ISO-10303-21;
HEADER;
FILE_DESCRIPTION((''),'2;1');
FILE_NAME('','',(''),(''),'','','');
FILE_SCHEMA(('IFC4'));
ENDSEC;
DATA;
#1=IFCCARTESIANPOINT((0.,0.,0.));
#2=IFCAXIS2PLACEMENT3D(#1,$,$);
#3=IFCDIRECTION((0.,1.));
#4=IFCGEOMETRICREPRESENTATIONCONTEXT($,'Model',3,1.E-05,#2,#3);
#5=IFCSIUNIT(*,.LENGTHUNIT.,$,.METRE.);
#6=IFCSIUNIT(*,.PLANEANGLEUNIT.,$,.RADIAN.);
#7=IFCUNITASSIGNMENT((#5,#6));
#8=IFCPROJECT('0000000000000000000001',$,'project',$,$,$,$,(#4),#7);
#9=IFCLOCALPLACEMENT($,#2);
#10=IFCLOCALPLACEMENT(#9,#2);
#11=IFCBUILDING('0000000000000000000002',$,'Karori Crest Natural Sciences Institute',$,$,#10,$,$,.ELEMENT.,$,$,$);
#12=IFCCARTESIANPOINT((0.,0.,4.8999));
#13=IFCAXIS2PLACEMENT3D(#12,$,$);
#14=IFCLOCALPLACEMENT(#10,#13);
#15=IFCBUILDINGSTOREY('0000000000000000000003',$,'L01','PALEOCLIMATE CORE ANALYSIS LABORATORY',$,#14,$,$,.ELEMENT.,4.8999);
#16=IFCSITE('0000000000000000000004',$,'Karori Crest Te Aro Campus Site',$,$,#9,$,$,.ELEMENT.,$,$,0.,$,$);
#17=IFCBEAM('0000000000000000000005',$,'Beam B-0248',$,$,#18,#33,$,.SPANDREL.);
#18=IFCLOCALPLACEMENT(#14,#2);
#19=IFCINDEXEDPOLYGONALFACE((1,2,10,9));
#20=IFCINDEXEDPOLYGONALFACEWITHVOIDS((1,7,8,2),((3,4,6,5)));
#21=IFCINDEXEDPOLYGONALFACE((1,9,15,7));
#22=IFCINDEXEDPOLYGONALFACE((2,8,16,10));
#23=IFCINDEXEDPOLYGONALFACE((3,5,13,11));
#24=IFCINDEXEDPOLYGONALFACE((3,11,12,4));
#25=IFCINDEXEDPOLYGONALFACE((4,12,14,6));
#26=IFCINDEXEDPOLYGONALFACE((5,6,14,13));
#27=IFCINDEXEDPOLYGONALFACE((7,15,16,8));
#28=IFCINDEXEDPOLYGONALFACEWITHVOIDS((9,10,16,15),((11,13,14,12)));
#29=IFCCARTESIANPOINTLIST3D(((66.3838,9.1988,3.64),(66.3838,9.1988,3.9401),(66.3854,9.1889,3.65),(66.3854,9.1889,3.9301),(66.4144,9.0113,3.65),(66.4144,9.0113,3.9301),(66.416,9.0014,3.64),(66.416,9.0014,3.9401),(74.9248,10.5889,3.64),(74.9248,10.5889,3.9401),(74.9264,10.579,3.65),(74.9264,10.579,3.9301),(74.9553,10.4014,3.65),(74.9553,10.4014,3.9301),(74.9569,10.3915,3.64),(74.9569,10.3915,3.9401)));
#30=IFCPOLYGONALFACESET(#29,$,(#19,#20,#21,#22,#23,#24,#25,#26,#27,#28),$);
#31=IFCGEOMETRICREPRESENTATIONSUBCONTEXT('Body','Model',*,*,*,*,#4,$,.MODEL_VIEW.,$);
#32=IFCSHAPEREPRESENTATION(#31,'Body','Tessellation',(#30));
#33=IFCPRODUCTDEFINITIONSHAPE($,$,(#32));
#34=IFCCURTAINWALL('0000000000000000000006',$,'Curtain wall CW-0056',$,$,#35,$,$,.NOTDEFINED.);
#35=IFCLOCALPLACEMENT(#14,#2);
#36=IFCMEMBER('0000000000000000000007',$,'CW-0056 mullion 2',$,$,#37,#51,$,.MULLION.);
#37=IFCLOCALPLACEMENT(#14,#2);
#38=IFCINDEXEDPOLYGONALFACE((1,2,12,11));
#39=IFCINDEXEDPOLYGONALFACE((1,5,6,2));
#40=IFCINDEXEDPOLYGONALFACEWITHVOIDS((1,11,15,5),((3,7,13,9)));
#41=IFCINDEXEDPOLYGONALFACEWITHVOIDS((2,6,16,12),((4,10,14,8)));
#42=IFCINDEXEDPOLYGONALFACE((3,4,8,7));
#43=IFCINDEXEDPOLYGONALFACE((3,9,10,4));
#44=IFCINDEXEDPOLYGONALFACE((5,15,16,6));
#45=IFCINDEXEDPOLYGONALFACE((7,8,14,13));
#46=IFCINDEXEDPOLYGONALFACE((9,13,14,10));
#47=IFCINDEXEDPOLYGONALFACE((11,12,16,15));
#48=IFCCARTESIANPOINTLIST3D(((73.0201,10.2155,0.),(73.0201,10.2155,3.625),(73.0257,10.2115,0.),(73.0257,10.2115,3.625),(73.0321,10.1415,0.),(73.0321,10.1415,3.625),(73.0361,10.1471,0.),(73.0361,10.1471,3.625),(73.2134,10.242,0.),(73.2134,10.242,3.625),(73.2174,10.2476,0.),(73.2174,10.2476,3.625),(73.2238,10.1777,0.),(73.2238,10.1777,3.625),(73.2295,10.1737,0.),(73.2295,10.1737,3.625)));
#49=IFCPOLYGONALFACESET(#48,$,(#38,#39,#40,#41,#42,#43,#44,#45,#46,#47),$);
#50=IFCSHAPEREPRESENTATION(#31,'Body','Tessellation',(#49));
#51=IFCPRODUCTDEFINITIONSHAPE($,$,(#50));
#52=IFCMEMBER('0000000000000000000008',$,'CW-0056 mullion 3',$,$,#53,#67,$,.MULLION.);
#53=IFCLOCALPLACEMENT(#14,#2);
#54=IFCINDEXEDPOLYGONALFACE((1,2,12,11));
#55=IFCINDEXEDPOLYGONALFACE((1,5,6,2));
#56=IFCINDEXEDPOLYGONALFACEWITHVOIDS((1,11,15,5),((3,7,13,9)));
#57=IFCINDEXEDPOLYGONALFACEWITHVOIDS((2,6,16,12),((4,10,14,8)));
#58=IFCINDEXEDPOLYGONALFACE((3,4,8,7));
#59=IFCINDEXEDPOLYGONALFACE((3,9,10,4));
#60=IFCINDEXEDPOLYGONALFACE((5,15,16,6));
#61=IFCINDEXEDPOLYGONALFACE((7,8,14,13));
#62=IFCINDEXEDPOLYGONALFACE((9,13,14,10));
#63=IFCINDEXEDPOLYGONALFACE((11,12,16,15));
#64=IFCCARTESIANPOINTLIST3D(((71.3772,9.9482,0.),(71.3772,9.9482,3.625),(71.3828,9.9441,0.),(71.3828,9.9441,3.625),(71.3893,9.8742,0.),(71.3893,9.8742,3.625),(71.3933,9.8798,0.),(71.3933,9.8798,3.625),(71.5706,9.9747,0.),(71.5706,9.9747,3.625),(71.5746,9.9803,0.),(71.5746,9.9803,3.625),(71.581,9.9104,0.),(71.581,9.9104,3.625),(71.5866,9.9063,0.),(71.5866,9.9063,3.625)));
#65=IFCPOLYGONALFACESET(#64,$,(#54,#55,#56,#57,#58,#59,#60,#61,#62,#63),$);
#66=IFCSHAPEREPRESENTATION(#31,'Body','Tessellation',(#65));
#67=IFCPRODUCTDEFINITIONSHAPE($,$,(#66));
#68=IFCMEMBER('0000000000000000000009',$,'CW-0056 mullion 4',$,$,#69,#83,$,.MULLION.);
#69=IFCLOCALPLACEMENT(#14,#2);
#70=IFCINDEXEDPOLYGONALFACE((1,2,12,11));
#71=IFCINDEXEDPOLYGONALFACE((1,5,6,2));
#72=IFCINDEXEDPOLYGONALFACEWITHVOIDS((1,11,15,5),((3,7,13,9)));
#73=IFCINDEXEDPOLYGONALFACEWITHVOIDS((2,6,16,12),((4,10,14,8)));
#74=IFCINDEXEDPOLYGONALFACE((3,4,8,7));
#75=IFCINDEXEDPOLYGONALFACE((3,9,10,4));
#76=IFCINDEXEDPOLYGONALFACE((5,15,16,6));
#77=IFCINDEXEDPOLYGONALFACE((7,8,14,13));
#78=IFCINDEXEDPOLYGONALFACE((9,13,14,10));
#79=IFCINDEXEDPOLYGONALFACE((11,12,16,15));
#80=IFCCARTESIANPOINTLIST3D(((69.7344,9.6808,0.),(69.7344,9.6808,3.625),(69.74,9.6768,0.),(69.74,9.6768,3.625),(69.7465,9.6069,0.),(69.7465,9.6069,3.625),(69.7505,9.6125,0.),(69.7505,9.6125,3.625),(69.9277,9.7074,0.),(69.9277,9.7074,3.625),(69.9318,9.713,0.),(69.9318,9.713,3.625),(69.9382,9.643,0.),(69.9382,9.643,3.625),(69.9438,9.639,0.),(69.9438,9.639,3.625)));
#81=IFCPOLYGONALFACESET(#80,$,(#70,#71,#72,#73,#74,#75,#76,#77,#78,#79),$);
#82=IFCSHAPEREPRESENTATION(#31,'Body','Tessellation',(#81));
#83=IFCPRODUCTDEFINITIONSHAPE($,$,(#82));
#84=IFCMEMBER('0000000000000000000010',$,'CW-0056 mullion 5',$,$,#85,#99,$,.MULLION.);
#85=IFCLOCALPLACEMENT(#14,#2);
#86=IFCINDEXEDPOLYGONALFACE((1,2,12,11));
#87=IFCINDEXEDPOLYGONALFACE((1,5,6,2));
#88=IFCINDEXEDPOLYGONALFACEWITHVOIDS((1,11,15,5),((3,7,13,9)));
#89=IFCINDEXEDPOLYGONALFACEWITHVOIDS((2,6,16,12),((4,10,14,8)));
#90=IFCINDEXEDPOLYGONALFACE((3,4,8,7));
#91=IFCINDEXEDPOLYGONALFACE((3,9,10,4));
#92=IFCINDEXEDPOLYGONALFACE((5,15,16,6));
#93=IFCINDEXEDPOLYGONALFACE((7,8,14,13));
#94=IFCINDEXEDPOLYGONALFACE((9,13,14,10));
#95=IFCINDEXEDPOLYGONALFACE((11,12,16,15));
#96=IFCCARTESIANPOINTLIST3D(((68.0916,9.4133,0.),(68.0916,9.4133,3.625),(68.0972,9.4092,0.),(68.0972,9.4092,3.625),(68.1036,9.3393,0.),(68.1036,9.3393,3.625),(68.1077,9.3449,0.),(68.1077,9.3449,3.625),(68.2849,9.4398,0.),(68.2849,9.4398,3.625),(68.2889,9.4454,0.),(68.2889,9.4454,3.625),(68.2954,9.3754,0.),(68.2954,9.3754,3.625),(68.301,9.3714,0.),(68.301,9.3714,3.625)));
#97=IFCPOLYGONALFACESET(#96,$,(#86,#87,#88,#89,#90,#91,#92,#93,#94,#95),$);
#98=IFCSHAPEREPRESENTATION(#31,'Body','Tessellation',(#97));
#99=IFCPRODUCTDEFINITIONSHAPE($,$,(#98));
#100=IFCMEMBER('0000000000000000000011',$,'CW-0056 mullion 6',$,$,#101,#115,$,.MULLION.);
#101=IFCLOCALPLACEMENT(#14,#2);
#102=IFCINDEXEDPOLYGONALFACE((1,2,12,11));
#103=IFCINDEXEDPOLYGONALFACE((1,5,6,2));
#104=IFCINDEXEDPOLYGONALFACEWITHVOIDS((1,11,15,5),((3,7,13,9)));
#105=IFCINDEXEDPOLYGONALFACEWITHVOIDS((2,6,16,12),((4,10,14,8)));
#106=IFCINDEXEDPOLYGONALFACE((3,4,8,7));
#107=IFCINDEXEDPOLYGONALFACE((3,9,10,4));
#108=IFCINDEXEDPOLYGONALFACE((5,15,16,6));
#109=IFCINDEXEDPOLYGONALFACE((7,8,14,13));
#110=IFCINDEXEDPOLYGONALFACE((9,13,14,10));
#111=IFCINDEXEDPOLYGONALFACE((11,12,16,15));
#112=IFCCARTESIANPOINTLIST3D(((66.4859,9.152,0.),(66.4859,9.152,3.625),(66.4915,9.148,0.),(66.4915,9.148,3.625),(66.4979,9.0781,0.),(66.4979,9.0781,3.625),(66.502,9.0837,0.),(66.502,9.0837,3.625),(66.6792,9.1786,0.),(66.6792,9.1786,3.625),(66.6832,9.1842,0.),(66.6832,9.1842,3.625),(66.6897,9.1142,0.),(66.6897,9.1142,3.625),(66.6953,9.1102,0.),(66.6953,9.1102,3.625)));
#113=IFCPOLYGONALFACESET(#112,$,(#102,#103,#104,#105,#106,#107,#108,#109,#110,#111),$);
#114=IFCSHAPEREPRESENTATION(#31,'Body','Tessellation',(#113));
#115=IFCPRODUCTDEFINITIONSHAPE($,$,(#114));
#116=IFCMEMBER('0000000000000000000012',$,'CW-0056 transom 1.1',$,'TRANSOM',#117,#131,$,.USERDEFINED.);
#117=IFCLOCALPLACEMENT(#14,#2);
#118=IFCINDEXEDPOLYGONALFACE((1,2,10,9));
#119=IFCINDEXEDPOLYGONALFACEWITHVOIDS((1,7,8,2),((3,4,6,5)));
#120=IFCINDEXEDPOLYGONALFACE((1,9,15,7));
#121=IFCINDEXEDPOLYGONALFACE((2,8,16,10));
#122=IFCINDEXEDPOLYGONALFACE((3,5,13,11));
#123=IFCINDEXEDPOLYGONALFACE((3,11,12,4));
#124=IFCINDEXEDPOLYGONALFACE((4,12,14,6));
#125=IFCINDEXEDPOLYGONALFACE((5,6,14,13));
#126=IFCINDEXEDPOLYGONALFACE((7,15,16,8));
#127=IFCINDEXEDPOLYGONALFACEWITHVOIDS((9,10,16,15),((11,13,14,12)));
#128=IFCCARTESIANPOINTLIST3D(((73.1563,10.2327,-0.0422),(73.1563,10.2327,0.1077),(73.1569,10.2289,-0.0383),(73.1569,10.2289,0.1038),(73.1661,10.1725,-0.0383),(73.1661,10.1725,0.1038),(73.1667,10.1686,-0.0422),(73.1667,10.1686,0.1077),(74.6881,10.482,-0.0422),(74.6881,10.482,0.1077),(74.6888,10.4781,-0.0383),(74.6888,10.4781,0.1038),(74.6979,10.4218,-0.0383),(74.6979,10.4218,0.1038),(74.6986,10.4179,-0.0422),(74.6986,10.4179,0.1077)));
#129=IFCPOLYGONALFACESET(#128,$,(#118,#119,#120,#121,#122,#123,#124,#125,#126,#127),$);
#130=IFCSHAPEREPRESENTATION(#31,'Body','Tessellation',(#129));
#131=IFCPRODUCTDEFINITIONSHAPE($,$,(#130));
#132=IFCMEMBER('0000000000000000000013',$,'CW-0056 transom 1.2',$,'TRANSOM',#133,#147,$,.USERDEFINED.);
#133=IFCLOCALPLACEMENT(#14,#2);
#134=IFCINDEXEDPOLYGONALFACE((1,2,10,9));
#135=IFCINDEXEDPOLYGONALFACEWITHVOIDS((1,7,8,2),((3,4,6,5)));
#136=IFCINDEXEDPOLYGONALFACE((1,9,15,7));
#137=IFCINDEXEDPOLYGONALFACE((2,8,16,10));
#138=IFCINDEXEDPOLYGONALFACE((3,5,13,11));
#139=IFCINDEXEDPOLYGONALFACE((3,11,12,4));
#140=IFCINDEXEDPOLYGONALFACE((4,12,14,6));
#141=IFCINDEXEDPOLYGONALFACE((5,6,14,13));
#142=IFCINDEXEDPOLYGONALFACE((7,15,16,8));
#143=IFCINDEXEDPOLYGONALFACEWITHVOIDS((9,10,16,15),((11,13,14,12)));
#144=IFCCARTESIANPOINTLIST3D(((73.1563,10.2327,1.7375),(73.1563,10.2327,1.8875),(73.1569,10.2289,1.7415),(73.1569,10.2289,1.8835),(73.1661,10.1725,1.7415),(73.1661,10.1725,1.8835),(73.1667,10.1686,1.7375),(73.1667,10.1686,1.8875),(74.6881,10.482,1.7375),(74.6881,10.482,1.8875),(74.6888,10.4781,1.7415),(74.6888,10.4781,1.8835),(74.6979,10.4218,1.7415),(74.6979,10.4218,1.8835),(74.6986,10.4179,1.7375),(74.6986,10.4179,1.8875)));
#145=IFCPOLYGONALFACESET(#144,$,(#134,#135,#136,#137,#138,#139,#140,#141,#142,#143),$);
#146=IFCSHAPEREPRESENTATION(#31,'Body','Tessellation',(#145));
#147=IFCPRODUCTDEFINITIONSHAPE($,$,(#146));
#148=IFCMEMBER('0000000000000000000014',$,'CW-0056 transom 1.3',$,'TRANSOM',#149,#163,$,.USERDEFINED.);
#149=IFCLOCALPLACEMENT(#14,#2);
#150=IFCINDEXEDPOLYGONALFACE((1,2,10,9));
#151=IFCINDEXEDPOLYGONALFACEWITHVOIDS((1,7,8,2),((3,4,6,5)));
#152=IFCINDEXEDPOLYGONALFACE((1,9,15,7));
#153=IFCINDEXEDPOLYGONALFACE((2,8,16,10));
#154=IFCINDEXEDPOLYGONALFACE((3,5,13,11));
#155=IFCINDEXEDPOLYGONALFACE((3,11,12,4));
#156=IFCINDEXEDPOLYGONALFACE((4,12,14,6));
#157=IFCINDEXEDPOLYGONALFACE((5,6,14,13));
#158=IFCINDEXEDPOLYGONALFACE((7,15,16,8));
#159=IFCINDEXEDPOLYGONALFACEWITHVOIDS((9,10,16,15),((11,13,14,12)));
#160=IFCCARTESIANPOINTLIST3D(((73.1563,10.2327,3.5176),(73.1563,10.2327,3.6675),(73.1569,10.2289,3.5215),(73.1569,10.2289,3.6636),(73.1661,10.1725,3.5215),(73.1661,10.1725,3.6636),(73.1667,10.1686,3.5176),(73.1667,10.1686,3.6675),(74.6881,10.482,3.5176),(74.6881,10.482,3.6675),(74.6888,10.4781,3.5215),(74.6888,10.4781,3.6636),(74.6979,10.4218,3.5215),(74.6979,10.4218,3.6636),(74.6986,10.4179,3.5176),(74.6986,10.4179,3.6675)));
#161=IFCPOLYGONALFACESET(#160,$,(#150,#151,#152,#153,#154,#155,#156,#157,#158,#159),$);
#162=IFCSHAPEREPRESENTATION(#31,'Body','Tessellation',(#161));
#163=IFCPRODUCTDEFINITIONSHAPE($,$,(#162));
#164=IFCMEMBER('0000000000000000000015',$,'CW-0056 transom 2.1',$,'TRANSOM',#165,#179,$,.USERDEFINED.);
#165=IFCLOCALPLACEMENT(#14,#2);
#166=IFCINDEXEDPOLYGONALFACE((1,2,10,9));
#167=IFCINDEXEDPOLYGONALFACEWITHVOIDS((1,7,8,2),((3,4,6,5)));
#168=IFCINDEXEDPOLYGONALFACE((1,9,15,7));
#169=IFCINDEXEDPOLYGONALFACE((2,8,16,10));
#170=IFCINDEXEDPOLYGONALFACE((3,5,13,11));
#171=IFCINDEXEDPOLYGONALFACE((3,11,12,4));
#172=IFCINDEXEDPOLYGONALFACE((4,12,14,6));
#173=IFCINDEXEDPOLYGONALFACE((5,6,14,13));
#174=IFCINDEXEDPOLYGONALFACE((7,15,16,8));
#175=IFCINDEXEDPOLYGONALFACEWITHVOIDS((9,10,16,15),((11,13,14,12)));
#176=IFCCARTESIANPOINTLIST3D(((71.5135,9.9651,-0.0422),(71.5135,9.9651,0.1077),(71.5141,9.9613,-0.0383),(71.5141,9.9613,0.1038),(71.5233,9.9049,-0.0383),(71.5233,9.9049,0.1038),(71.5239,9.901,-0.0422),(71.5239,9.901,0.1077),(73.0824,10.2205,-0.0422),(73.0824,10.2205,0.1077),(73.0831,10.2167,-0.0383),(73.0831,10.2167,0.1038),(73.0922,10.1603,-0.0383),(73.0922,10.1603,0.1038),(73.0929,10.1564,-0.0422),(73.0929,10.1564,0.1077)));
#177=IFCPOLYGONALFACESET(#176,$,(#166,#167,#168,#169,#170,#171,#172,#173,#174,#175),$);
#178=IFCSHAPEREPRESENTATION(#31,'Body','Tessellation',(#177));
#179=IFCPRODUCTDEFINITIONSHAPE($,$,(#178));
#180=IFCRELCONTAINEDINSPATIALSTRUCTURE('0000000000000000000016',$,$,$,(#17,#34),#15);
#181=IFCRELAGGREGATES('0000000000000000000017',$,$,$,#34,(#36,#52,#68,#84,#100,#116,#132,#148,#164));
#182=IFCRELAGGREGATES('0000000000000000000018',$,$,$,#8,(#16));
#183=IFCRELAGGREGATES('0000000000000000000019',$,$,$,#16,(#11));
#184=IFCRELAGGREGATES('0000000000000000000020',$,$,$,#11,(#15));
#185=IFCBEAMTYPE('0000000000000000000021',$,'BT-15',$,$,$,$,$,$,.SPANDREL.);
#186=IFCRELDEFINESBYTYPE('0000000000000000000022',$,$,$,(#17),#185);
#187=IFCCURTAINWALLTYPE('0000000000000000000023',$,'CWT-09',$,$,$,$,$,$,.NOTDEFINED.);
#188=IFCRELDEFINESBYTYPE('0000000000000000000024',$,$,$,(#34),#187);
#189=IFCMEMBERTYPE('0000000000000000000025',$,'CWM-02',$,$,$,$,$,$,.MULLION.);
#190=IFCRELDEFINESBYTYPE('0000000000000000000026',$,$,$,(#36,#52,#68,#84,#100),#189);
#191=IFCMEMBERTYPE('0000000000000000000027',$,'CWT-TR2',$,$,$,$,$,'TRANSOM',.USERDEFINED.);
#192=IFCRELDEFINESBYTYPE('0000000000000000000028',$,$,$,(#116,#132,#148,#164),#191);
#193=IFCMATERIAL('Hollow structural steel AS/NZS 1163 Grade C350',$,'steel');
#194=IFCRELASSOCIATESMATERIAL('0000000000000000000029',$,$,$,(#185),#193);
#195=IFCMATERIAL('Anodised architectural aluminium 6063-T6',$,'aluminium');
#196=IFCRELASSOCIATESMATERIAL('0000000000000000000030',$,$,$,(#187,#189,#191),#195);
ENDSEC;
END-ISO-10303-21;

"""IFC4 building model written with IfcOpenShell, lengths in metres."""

from ifc_helpers import new_model, si_unit, direction, frame, origin, origin_2d, place, context, subcontext, project, spatial, hollow_rectangle, extrude, material, material_profile, profile_set, type_object, element, aggregate, save


model = new_model("IFC4")

# Units and contexts
model_context = context("Model", 3, precision=1e-05, world=origin(), true_north=direction((0.0, 1.0)))
body_context = subcontext(model_context, "Body", "Model", "MODEL_VIEW")
ifc_project = project(units=[si_unit("LENGTHUNIT", "METRE"), si_unit("PLANEANGLEUNIT", "RADIAN")], contexts=[model_context])

# Site, building, storey
site_placement = place(None, origin())
site = spatial("IfcSite", under=ifc_project, at=site_placement, Name="Karori Crest Te Aro Campus Site", CompositionType="ELEMENT", RefElevation=0.0)
building_placement = place(site_placement, origin())
building = spatial("IfcBuilding", under=site, at=building_placement, Name="Karori Crest Natural Sciences Institute", CompositionType="ELEMENT")
storey_placement = place(building_placement, frame((0.0, 0.0, 4.8999)))
storey = spatial("IfcBuildingStorey", under=building, at=storey_placement, Name="L01", Description="PALEOCLIMATE CORE ANALYSIS LABORATORY", CompositionType="ELEMENT", Elevation=4.8999)

# Beam
ifc_material_1 = material(Name="Hollow structural steel AS/NZS 1163 Grade C350", Category="steel")
ifc_material_profile_1 = material_profile(ifc_material_1, hollow_rectangle(XDim=0.2, YDim=0.3, WallThickness=0.01, at=origin_2d()), Name="RHS300x200x10")
ifc_profile_set_1 = profile_set([ifc_material_profile_1], Name="Hollow structural steel AS/NZS 1163 Grade C350")
beam_type = type_object("IfcBeamType", Name="BT-15", PredefinedType="SPANDREL", material=ifc_profile_set_1)
beam_placement = place(storey_placement, frame((66.3999, 9.1001, 3.79), z_axis=(0.987012, 0.160646, 0.0), x_axis=(-0.160646, 0.987012, 0.0)))
element("IfcBeam", 1, at=beam_placement, inside=storey, type_object=beam_type, Name="Beam B-0248", PredefinedType="SPANDREL", context=body_context, shape_type="SweptSolid", body=[
    extrude(hollow_rectangle(XDim=0.2, YDim=0.3, WallThickness=0.01, at=origin_2d()), origin(), (0.0, 0.0, 1.0), 8.6533),
])

# Curtain wall, members
ifc_material_2 = material(Name="Anodised architectural aluminium 6063-T6", Category="aluminium")
curtain_wall_type = type_object("IfcCurtainWallType", Name="CWT-09", PredefinedType="NOTDEFINED", material=ifc_material_2)
curtain_wall_placement = place(storey_placement, origin())
curtain_wall = element("IfcCurtainWall", 2, at=curtain_wall_placement, inside=storey, type_object=curtain_wall_type, Name="Curtain wall CW-0056", PredefinedType="NOTDEFINED")
ifc_material_profile_2 = material_profile(ifc_material_2, hollow_rectangle(XDim=0.075, YDim=0.2, WallThickness=0.0049, at=origin_2d()), Name="CWM200x75x5")
ifc_profile_set_2 = profile_set([ifc_material_profile_2], Name="Anodised architectural aluminium 6063-T6")
member_type_1 = type_object("IfcMemberType", Name="CWM-02", PredefinedType="MULLION", material=ifc_profile_set_2)
member_1_placement = place(storey_placement, frame((73.1248, 10.1946, 0.0), z_axis=(0.0, 0.0, 1.0), x_axis=(0.160657, -0.98701, 0.0)))
member_1 = element("IfcMember", 3, at=member_1_placement, type_object=member_type_1, Name="CW-0056 mullion 2", PredefinedType="MULLION", context=body_context, shape_type="SweptSolid", body=[
    extrude(hollow_rectangle(XDim=0.075, YDim=0.2, WallThickness=0.0049, at=origin_2d()), origin(), (0.0, 0.0, 1.0), 3.625),
])
member_2_placement = place(storey_placement, frame((71.4819, 9.9272, 0.0), z_axis=(0.0, 0.0, 1.0), x_axis=(0.160657, -0.98701, 0.0)))
member_2 = element("IfcMember", 4, at=member_2_placement, type_object=member_type_1, Name="CW-0056 mullion 3", PredefinedType="MULLION", context=body_context, shape_type="SweptSolid", body=[
    extrude(hollow_rectangle(XDim=0.075, YDim=0.2, WallThickness=0.0049, at=origin_2d()), origin(), (0.0, 0.0, 1.0), 3.625),
])
member_3_placement = place(storey_placement, frame((69.8391, 9.6599, 0.0), z_axis=(0.0, 0.0, 1.0), x_axis=(0.160657, -0.98701, 0.0)))
member_3 = element("IfcMember", 5, at=member_3_placement, type_object=member_type_1, Name="CW-0056 mullion 4", PredefinedType="MULLION", context=body_context, shape_type="SweptSolid", body=[
    extrude(hollow_rectangle(XDim=0.075, YDim=0.2, WallThickness=0.0049, at=origin_2d()), origin(), (0.0, 0.0, 1.0), 3.625),
])
member_4_placement = place(storey_placement, frame((68.1963, 9.3923, 0.0), z_axis=(0.0, 0.0, 1.0), x_axis=(0.160657, -0.98701, 0.0)))
member_4 = element("IfcMember", 6, at=member_4_placement, type_object=member_type_1, Name="CW-0056 mullion 5", PredefinedType="MULLION", context=body_context, shape_type="SweptSolid", body=[
    extrude(hollow_rectangle(XDim=0.075, YDim=0.2, WallThickness=0.0049, at=origin_2d()), origin(), (0.0, 0.0, 1.0), 3.625),
])
member_5_placement = place(storey_placement, frame((66.5906, 9.1311, 0.0), z_axis=(0.0, 0.0, 1.0), x_axis=(0.160657, -0.98701, 0.0)))
member_5 = element("IfcMember", 7, at=member_5_placement, type_object=member_type_1, Name="CW-0056 mullion 6", PredefinedType="MULLION", context=body_context, shape_type="SweptSolid", body=[
    extrude(hollow_rectangle(XDim=0.075, YDim=0.2, WallThickness=0.0049, at=origin_2d()), origin(), (0.0, 0.0, 1.0), 3.625),
])
ifc_material_profile_3 = material_profile(ifc_material_2, hollow_rectangle(XDim=0.0649, YDim=0.1499, WallThickness=0.0039, at=origin_2d()), Name="CWT150x65x4")
ifc_profile_set_3 = profile_set([ifc_material_profile_3], Name="Anodised architectural aluminium 6063-T6")
member_type_2 = type_object("IfcMemberType", Name="CWT-TR2", ElementType="TRANSOM", PredefinedType="USERDEFINED", material=ifc_profile_set_3)
member_6_placement = place(storey_placement, frame((74.6934, 10.45, 0.0327), z_axis=(-0.987016, -0.160622, 0.0), x_axis=(0.160622, -0.987016, 0.0)))
member_6 = element("IfcMember", 8, at=member_6_placement, type_object=member_type_2, Name="CW-0056 transom 1.1", ObjectType="TRANSOM", PredefinedType="USERDEFINED", context=body_context, shape_type="SweptSolid", body=[
    extrude(hollow_rectangle(XDim=0.0649, YDim=0.1499, WallThickness=0.0039, at=origin_2d()), origin(), (0.0, 0.0, 1.0), 1.552),
])
member_7_placement = place(storey_placement, frame((74.6934, 10.45, 1.8125), z_axis=(-0.987016, -0.160622, 0.0), x_axis=(0.160622, -0.987016, 0.0)))
member_7 = element("IfcMember", 9, at=member_7_placement, type_object=member_type_2, Name="CW-0056 transom 1.2", ObjectType="TRANSOM", PredefinedType="USERDEFINED", context=body_context, shape_type="SweptSolid", body=[
    extrude(hollow_rectangle(XDim=0.0649, YDim=0.1499, WallThickness=0.0039, at=origin_2d()), origin(), (0.0, 0.0, 1.0), 1.552),
])
member_8_placement = place(storey_placement, frame((74.6934, 10.45, 3.5925), z_axis=(-0.987016, -0.160622, 0.0), x_axis=(0.160622, -0.987016, 0.0)))
member_8 = element("IfcMember", 10, at=member_8_placement, type_object=member_type_2, Name="CW-0056 transom 1.3", ObjectType="TRANSOM", PredefinedType="USERDEFINED", context=body_context, shape_type="SweptSolid", body=[
    extrude(hollow_rectangle(XDim=0.0649, YDim=0.1499, WallThickness=0.0039, at=origin_2d()), origin(), (0.0, 0.0, 1.0), 1.552),
])
member_9_placement = place(storey_placement, frame((73.0876, 10.1885, 0.0327), z_axis=(-0.98701, -0.160662, 0.0), x_axis=(0.160662, -0.98701, 0.0)))
member_9 = element("IfcMember", 11, at=member_9_placement, type_object=member_type_2, Name="CW-0056 transom 2.1", ObjectType="TRANSOM", PredefinedType="USERDEFINED", context=body_context, shape_type="SweptSolid", body=[
    extrude(hollow_rectangle(XDim=0.0649, YDim=0.1499, WallThickness=0.0039, at=origin_2d()), origin(), (0.0, 0.0, 1.0), 1.5896),
])
aggregate(curtain_wall, [member_1, member_2, member_3, member_4, member_5, member_6, member_7, member_8, member_9])

save(model, "model.ifc")
